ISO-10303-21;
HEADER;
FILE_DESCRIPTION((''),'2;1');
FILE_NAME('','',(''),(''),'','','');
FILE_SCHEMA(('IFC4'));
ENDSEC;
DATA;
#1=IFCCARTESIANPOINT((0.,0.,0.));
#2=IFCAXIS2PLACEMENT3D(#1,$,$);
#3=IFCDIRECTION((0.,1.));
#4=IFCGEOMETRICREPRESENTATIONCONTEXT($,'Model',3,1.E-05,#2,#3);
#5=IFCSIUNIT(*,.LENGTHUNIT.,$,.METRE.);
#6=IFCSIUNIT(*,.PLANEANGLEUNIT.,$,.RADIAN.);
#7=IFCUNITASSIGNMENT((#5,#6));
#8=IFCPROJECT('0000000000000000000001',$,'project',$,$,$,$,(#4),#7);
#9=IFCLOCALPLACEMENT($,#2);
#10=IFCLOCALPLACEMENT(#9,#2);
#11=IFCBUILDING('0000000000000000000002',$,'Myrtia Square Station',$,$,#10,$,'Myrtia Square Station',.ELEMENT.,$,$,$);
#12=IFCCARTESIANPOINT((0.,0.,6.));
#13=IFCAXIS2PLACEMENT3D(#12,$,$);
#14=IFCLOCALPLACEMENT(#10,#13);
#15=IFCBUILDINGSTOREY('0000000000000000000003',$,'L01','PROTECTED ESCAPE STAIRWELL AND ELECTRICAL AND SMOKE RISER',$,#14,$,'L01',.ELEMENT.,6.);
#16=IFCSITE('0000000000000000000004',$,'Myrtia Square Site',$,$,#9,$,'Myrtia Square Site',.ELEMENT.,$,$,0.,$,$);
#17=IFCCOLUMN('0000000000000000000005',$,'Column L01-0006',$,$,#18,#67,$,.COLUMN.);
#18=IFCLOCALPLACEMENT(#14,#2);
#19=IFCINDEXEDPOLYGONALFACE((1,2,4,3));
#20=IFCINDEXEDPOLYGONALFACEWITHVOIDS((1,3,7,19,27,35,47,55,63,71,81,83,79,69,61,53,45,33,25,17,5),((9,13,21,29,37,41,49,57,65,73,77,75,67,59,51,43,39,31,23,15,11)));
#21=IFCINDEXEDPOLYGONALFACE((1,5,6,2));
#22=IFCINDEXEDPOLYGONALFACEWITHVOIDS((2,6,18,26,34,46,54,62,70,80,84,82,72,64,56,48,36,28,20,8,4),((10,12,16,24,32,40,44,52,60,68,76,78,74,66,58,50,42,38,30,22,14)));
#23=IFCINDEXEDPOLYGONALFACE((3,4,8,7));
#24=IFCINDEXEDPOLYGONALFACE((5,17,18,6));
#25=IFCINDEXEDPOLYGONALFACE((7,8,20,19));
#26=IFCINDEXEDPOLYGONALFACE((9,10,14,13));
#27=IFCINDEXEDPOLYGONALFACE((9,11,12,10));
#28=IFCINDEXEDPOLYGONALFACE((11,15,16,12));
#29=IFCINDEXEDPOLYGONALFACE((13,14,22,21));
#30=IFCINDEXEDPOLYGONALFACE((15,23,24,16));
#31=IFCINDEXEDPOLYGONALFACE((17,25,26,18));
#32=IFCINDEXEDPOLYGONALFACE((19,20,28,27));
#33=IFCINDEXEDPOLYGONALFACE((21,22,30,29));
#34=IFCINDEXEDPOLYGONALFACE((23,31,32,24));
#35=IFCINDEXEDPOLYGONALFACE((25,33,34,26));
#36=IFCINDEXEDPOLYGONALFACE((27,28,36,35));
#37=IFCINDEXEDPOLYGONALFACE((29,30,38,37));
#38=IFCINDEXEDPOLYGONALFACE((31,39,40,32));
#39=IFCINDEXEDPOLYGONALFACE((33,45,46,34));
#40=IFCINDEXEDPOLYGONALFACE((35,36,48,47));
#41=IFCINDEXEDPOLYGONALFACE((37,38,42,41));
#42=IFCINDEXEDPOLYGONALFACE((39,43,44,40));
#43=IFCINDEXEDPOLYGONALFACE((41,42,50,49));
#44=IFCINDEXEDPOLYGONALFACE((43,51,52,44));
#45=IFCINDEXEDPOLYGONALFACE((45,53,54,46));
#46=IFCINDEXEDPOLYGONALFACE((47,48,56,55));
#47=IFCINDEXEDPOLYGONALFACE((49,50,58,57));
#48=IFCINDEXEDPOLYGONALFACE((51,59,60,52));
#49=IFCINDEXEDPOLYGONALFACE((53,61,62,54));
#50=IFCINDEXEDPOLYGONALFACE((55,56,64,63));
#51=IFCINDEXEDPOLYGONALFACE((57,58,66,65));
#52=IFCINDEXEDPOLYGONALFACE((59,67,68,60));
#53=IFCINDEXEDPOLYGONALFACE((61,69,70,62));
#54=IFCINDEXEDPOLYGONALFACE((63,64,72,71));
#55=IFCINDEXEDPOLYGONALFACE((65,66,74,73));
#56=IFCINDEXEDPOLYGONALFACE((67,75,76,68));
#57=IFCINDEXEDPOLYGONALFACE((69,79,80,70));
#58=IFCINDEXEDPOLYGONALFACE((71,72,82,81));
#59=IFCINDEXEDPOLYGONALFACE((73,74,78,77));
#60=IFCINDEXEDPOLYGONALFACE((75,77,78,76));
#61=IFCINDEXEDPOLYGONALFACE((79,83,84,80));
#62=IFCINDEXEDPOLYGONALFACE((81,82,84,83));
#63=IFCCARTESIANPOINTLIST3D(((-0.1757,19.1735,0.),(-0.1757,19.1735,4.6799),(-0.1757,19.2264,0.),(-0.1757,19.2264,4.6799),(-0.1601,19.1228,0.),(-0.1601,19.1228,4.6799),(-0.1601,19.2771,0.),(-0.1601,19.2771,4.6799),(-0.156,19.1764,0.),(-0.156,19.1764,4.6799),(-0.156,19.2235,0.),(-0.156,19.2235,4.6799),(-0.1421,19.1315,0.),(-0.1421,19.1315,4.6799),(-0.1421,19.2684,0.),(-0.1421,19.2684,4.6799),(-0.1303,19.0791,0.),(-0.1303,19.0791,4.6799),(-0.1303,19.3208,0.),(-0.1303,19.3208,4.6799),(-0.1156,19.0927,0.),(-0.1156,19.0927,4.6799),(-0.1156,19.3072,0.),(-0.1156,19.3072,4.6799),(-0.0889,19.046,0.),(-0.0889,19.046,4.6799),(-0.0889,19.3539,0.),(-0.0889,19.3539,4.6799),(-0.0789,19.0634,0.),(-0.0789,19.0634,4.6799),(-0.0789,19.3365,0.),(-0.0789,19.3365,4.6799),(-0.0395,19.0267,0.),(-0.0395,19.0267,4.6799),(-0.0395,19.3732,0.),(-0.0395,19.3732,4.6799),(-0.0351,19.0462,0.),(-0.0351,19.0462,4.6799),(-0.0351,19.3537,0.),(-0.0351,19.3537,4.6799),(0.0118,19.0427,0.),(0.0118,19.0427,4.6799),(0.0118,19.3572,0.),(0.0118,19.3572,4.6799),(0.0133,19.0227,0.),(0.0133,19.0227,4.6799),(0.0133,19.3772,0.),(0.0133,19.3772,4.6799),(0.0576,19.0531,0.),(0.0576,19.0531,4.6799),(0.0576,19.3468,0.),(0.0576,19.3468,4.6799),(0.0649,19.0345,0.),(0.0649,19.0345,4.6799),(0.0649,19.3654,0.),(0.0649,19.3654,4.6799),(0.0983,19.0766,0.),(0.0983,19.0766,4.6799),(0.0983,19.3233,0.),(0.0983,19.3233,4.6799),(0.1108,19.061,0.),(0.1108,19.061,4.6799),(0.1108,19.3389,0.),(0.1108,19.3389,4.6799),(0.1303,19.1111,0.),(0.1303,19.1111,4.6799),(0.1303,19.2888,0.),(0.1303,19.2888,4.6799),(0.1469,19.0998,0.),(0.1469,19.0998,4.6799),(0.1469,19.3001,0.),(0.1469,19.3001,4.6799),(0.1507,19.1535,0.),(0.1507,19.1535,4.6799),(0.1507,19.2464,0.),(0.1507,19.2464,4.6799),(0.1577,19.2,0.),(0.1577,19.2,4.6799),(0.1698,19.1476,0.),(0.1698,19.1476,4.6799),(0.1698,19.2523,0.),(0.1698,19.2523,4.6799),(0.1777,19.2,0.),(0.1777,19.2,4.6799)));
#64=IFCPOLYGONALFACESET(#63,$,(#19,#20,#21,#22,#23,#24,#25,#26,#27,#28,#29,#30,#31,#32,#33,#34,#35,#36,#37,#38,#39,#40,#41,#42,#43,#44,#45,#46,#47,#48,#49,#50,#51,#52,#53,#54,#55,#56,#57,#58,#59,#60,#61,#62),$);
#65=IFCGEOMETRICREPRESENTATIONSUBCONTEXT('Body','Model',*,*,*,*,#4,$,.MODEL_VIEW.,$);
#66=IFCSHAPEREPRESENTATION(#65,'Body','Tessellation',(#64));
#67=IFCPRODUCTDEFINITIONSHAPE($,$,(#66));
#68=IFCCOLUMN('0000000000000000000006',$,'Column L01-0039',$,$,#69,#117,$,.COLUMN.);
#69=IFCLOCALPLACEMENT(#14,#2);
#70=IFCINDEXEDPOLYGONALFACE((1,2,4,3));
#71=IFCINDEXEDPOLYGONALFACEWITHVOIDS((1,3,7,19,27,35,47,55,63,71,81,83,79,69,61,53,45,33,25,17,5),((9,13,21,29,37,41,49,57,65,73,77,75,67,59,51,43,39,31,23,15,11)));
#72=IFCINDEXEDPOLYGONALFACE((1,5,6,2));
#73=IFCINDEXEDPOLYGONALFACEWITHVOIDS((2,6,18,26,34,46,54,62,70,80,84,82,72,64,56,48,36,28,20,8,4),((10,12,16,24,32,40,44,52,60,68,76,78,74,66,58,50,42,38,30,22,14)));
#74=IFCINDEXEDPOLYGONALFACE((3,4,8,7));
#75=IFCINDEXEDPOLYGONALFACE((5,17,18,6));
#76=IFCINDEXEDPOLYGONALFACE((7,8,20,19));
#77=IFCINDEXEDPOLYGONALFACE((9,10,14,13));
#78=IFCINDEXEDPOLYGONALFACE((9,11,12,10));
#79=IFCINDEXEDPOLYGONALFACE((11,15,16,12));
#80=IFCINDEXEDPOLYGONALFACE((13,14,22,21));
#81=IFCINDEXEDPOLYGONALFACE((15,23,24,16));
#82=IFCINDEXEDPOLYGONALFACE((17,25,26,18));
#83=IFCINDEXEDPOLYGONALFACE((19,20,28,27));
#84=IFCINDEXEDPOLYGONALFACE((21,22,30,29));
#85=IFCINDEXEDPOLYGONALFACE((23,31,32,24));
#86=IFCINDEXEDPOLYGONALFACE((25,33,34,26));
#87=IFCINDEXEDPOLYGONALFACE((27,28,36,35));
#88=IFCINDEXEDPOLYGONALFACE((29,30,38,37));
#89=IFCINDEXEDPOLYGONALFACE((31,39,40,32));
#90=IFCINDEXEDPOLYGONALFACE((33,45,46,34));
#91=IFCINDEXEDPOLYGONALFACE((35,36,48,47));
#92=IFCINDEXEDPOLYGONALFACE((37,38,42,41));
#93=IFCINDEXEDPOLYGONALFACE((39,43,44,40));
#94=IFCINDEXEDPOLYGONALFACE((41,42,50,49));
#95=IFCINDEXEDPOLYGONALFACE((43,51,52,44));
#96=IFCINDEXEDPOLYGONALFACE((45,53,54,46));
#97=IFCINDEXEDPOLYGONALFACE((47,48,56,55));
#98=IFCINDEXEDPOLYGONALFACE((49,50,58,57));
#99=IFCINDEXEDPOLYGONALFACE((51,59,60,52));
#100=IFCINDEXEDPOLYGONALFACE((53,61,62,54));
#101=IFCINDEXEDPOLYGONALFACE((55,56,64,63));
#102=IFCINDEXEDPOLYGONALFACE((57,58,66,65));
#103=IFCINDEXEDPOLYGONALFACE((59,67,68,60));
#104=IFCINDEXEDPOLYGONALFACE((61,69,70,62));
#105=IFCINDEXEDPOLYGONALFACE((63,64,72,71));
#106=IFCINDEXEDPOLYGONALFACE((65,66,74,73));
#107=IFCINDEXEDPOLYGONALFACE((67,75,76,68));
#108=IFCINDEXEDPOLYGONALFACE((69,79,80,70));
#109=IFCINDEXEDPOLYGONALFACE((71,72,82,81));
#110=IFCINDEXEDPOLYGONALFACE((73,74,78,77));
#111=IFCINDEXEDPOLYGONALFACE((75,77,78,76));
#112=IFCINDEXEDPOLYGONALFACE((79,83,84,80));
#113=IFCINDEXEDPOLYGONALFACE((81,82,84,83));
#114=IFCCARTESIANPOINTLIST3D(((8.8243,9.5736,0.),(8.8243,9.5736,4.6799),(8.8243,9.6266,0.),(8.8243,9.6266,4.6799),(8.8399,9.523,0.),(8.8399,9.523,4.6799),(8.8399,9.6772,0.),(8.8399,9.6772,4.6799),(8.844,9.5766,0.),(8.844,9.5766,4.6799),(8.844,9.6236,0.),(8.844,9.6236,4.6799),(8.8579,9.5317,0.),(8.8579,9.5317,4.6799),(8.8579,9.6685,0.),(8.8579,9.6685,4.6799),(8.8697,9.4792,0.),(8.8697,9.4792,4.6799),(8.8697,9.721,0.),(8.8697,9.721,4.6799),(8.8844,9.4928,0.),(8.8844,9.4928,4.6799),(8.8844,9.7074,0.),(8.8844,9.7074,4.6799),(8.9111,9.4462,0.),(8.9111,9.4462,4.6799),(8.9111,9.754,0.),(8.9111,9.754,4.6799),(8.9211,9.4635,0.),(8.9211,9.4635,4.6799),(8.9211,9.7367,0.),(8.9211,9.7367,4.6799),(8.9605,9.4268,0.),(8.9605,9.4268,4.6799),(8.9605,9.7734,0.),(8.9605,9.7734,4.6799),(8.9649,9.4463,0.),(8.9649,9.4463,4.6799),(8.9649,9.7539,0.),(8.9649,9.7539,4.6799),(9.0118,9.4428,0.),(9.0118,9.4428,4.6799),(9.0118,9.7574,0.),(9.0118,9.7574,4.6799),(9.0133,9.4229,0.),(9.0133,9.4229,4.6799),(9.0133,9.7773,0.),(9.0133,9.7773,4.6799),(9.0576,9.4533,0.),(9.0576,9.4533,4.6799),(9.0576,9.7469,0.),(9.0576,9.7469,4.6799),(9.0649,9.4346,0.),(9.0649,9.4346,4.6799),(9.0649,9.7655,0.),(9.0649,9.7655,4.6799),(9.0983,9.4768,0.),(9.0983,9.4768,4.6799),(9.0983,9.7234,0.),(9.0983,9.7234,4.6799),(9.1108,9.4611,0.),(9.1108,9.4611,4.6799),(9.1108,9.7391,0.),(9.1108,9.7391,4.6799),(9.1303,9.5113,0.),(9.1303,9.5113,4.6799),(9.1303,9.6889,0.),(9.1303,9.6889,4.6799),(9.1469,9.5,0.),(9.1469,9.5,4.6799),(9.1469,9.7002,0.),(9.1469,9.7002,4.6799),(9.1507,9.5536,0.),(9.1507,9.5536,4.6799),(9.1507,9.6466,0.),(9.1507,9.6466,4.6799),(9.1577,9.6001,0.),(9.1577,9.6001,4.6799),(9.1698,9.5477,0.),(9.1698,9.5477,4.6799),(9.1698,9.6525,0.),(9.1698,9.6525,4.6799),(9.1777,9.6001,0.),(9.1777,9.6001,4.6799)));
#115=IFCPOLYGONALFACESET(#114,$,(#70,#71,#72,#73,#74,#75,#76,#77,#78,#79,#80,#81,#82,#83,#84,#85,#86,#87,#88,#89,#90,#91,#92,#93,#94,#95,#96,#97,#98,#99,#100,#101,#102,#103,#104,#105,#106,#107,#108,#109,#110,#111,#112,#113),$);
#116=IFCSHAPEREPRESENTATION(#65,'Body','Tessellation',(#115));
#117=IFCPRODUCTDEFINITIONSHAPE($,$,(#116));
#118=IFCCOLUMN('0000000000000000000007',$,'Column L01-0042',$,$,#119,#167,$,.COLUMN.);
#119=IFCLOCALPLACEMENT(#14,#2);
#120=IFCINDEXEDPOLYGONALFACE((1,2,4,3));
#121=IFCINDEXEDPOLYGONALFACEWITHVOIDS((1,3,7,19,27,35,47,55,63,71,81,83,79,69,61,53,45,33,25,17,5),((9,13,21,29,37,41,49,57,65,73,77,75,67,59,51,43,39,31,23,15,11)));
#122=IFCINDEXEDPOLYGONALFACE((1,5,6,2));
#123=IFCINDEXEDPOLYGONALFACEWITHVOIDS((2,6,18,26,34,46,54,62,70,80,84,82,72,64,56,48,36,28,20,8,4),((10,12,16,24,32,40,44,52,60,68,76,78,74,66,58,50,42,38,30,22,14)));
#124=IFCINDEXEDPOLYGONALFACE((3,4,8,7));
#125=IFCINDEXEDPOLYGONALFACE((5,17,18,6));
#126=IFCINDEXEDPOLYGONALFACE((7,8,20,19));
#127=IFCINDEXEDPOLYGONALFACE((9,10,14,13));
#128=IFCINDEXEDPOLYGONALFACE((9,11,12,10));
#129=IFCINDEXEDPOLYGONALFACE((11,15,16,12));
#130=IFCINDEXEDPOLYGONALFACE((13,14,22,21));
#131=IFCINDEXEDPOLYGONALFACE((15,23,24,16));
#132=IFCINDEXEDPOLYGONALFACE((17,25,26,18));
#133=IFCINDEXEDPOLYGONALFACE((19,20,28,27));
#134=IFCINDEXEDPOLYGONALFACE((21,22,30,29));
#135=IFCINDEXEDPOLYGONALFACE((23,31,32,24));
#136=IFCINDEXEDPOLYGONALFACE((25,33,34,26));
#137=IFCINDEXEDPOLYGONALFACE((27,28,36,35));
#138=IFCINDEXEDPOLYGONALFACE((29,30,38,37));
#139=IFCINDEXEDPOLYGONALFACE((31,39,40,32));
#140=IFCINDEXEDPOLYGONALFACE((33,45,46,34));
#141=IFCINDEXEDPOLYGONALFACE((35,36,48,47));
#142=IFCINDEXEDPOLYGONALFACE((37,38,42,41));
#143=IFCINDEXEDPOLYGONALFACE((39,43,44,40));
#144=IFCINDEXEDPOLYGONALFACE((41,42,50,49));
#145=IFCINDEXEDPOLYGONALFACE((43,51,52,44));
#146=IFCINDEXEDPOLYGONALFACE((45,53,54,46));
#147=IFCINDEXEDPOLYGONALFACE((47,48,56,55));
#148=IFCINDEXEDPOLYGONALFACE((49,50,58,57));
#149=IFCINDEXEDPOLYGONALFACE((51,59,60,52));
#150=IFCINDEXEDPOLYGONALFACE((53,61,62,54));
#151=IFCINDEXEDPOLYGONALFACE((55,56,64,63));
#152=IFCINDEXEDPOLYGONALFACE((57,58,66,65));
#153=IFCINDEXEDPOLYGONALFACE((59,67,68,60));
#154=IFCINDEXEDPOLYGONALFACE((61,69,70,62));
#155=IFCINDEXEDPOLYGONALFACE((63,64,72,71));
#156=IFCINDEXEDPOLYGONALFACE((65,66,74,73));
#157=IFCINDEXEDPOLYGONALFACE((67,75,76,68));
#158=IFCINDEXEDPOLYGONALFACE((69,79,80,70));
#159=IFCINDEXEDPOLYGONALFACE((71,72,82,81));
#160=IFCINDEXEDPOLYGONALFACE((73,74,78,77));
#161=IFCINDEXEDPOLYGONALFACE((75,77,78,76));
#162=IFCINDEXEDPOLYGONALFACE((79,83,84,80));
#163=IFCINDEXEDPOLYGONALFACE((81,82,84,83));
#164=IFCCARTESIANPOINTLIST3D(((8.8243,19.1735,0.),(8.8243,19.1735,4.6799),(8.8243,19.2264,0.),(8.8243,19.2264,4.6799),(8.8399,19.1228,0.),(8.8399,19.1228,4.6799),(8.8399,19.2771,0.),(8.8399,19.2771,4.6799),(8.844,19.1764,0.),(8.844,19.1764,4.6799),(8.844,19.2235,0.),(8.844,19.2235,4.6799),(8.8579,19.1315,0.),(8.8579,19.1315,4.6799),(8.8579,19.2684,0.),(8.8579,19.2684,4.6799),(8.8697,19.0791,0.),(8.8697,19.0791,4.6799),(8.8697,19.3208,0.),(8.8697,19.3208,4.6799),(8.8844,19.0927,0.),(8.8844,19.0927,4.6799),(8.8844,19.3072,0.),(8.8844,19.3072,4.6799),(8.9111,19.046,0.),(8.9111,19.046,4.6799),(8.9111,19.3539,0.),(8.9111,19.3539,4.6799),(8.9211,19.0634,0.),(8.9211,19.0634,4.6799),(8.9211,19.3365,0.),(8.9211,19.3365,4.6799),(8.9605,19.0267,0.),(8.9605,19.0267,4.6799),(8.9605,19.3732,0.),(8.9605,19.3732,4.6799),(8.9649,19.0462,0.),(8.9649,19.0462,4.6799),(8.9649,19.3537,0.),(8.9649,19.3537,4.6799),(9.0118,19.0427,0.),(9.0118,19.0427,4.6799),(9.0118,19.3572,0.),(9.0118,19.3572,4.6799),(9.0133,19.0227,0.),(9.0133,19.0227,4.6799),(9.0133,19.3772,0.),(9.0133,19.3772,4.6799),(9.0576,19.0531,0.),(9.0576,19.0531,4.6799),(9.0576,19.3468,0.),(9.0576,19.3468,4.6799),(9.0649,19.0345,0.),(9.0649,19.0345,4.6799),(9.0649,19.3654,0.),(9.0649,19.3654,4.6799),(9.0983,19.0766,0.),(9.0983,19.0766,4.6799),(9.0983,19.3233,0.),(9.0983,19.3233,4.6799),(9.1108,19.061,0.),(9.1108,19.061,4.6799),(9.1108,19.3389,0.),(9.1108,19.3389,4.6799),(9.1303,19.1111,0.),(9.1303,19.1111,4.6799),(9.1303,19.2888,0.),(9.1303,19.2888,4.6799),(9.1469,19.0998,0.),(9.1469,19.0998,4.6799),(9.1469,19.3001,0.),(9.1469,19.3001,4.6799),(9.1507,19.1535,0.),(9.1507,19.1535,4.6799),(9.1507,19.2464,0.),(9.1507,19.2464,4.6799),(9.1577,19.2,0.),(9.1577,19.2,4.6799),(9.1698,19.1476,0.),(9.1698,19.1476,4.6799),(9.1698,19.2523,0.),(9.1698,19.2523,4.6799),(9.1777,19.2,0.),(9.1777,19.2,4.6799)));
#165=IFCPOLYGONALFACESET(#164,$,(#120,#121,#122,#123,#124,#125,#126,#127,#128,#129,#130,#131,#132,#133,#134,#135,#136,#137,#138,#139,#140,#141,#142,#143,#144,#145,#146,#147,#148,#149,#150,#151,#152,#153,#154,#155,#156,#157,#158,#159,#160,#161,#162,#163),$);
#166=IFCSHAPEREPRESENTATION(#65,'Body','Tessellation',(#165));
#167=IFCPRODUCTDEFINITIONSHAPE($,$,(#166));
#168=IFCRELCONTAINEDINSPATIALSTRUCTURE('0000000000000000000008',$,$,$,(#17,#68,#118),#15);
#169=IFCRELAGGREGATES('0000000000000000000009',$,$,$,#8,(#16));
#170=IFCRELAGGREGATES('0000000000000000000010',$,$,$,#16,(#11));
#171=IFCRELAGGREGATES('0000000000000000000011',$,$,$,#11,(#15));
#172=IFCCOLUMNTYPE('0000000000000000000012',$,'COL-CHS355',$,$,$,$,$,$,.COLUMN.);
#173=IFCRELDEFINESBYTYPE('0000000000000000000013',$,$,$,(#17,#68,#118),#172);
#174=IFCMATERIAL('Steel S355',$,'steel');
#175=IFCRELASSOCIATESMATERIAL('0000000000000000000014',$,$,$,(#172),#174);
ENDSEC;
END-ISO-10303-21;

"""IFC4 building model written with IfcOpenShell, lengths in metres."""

from ifc_helpers import new_model, si_unit, direction, frame, origin, origin_2d, place, context, subcontext, project, spatial, hollow_circle, extrude, material, material_profile, profile_set, type_object, element, save


model = new_model("IFC4")

# Units and contexts
model_context = context("Model", 3, precision=1e-05, world=origin(), true_north=direction((0.0, 1.0)))
body_context = subcontext(model_context, "Body", "Model", "MODEL_VIEW")
ifc_project = project(units=[si_unit("LENGTHUNIT", "METRE"), si_unit("PLANEANGLEUNIT", "RADIAN")], contexts=[model_context])

# Site, building, storey
site_placement = place(None, origin())
site = spatial("IfcSite", under=ifc_project, at=site_placement, Name="Myrtia Square Site", LongName="Myrtia Square Site", CompositionType="ELEMENT", RefElevation=0.0)
building_placement = place(site_placement, origin())
building = spatial("IfcBuilding", under=site, at=building_placement, Name="Myrtia Square Station", LongName="Myrtia Square Station", CompositionType="ELEMENT")
storey_placement = place(building_placement, frame((0.0, 0.0, 6.0)))
storey = spatial("IfcBuildingStorey", under=building, at=storey_placement, Name="L01", Description="PROTECTED ESCAPE STAIRWELL AND ELECTRICAL AND SMOKE RISER", LongName="L01", CompositionType="ELEMENT", Elevation=6.0)

# Columns
ifc_material_1 = material(Name="Steel S355", Category="steel")
ifc_material_profile_1 = material_profile(ifc_material_1, hollow_circle(Radius=0.1777, WallThickness=0.02, at=origin_2d()), Name="CHS 355.6x20")
ifc_profile_set_1 = profile_set([ifc_material_profile_1], Name="Steel S355")
column_type = type_object("IfcColumnType", Name="COL-CHS355", PredefinedType="COLUMN", material=ifc_profile_set_1)
for number, where, z_axis, x_axis, name in (
    (1, (0.0, 19.2, 0.0), (0.0, 0.0, 1.0), (1.0, 0.0, 0.0), "Column L01-0006"),
    (2, (9.0, 9.6001, 0.0), (0.0, 0.0, 1.0), (1.0, 0.0, 0.0), "Column L01-0039"),
    (3, (9.0, 19.2, 0.0), (0.0, 0.0, 1.0), (1.0, 0.0, 0.0), "Column L01-0042"),
):
    element("IfcColumn", number, at=place(storey_placement, frame(where, z_axis=z_axis, x_axis=x_axis)), inside=storey, type_object=column_type, Name=name, PredefinedType="COLUMN", context=body_context, shape_type="SweptSolid", body=[
        extrude(hollow_circle(Radius=0.1777, WallThickness=0.02, at=origin_2d()), origin(), (0.0, 0.0, 1.0), 4.6799),
    ])

save(model, "model.ifc")
